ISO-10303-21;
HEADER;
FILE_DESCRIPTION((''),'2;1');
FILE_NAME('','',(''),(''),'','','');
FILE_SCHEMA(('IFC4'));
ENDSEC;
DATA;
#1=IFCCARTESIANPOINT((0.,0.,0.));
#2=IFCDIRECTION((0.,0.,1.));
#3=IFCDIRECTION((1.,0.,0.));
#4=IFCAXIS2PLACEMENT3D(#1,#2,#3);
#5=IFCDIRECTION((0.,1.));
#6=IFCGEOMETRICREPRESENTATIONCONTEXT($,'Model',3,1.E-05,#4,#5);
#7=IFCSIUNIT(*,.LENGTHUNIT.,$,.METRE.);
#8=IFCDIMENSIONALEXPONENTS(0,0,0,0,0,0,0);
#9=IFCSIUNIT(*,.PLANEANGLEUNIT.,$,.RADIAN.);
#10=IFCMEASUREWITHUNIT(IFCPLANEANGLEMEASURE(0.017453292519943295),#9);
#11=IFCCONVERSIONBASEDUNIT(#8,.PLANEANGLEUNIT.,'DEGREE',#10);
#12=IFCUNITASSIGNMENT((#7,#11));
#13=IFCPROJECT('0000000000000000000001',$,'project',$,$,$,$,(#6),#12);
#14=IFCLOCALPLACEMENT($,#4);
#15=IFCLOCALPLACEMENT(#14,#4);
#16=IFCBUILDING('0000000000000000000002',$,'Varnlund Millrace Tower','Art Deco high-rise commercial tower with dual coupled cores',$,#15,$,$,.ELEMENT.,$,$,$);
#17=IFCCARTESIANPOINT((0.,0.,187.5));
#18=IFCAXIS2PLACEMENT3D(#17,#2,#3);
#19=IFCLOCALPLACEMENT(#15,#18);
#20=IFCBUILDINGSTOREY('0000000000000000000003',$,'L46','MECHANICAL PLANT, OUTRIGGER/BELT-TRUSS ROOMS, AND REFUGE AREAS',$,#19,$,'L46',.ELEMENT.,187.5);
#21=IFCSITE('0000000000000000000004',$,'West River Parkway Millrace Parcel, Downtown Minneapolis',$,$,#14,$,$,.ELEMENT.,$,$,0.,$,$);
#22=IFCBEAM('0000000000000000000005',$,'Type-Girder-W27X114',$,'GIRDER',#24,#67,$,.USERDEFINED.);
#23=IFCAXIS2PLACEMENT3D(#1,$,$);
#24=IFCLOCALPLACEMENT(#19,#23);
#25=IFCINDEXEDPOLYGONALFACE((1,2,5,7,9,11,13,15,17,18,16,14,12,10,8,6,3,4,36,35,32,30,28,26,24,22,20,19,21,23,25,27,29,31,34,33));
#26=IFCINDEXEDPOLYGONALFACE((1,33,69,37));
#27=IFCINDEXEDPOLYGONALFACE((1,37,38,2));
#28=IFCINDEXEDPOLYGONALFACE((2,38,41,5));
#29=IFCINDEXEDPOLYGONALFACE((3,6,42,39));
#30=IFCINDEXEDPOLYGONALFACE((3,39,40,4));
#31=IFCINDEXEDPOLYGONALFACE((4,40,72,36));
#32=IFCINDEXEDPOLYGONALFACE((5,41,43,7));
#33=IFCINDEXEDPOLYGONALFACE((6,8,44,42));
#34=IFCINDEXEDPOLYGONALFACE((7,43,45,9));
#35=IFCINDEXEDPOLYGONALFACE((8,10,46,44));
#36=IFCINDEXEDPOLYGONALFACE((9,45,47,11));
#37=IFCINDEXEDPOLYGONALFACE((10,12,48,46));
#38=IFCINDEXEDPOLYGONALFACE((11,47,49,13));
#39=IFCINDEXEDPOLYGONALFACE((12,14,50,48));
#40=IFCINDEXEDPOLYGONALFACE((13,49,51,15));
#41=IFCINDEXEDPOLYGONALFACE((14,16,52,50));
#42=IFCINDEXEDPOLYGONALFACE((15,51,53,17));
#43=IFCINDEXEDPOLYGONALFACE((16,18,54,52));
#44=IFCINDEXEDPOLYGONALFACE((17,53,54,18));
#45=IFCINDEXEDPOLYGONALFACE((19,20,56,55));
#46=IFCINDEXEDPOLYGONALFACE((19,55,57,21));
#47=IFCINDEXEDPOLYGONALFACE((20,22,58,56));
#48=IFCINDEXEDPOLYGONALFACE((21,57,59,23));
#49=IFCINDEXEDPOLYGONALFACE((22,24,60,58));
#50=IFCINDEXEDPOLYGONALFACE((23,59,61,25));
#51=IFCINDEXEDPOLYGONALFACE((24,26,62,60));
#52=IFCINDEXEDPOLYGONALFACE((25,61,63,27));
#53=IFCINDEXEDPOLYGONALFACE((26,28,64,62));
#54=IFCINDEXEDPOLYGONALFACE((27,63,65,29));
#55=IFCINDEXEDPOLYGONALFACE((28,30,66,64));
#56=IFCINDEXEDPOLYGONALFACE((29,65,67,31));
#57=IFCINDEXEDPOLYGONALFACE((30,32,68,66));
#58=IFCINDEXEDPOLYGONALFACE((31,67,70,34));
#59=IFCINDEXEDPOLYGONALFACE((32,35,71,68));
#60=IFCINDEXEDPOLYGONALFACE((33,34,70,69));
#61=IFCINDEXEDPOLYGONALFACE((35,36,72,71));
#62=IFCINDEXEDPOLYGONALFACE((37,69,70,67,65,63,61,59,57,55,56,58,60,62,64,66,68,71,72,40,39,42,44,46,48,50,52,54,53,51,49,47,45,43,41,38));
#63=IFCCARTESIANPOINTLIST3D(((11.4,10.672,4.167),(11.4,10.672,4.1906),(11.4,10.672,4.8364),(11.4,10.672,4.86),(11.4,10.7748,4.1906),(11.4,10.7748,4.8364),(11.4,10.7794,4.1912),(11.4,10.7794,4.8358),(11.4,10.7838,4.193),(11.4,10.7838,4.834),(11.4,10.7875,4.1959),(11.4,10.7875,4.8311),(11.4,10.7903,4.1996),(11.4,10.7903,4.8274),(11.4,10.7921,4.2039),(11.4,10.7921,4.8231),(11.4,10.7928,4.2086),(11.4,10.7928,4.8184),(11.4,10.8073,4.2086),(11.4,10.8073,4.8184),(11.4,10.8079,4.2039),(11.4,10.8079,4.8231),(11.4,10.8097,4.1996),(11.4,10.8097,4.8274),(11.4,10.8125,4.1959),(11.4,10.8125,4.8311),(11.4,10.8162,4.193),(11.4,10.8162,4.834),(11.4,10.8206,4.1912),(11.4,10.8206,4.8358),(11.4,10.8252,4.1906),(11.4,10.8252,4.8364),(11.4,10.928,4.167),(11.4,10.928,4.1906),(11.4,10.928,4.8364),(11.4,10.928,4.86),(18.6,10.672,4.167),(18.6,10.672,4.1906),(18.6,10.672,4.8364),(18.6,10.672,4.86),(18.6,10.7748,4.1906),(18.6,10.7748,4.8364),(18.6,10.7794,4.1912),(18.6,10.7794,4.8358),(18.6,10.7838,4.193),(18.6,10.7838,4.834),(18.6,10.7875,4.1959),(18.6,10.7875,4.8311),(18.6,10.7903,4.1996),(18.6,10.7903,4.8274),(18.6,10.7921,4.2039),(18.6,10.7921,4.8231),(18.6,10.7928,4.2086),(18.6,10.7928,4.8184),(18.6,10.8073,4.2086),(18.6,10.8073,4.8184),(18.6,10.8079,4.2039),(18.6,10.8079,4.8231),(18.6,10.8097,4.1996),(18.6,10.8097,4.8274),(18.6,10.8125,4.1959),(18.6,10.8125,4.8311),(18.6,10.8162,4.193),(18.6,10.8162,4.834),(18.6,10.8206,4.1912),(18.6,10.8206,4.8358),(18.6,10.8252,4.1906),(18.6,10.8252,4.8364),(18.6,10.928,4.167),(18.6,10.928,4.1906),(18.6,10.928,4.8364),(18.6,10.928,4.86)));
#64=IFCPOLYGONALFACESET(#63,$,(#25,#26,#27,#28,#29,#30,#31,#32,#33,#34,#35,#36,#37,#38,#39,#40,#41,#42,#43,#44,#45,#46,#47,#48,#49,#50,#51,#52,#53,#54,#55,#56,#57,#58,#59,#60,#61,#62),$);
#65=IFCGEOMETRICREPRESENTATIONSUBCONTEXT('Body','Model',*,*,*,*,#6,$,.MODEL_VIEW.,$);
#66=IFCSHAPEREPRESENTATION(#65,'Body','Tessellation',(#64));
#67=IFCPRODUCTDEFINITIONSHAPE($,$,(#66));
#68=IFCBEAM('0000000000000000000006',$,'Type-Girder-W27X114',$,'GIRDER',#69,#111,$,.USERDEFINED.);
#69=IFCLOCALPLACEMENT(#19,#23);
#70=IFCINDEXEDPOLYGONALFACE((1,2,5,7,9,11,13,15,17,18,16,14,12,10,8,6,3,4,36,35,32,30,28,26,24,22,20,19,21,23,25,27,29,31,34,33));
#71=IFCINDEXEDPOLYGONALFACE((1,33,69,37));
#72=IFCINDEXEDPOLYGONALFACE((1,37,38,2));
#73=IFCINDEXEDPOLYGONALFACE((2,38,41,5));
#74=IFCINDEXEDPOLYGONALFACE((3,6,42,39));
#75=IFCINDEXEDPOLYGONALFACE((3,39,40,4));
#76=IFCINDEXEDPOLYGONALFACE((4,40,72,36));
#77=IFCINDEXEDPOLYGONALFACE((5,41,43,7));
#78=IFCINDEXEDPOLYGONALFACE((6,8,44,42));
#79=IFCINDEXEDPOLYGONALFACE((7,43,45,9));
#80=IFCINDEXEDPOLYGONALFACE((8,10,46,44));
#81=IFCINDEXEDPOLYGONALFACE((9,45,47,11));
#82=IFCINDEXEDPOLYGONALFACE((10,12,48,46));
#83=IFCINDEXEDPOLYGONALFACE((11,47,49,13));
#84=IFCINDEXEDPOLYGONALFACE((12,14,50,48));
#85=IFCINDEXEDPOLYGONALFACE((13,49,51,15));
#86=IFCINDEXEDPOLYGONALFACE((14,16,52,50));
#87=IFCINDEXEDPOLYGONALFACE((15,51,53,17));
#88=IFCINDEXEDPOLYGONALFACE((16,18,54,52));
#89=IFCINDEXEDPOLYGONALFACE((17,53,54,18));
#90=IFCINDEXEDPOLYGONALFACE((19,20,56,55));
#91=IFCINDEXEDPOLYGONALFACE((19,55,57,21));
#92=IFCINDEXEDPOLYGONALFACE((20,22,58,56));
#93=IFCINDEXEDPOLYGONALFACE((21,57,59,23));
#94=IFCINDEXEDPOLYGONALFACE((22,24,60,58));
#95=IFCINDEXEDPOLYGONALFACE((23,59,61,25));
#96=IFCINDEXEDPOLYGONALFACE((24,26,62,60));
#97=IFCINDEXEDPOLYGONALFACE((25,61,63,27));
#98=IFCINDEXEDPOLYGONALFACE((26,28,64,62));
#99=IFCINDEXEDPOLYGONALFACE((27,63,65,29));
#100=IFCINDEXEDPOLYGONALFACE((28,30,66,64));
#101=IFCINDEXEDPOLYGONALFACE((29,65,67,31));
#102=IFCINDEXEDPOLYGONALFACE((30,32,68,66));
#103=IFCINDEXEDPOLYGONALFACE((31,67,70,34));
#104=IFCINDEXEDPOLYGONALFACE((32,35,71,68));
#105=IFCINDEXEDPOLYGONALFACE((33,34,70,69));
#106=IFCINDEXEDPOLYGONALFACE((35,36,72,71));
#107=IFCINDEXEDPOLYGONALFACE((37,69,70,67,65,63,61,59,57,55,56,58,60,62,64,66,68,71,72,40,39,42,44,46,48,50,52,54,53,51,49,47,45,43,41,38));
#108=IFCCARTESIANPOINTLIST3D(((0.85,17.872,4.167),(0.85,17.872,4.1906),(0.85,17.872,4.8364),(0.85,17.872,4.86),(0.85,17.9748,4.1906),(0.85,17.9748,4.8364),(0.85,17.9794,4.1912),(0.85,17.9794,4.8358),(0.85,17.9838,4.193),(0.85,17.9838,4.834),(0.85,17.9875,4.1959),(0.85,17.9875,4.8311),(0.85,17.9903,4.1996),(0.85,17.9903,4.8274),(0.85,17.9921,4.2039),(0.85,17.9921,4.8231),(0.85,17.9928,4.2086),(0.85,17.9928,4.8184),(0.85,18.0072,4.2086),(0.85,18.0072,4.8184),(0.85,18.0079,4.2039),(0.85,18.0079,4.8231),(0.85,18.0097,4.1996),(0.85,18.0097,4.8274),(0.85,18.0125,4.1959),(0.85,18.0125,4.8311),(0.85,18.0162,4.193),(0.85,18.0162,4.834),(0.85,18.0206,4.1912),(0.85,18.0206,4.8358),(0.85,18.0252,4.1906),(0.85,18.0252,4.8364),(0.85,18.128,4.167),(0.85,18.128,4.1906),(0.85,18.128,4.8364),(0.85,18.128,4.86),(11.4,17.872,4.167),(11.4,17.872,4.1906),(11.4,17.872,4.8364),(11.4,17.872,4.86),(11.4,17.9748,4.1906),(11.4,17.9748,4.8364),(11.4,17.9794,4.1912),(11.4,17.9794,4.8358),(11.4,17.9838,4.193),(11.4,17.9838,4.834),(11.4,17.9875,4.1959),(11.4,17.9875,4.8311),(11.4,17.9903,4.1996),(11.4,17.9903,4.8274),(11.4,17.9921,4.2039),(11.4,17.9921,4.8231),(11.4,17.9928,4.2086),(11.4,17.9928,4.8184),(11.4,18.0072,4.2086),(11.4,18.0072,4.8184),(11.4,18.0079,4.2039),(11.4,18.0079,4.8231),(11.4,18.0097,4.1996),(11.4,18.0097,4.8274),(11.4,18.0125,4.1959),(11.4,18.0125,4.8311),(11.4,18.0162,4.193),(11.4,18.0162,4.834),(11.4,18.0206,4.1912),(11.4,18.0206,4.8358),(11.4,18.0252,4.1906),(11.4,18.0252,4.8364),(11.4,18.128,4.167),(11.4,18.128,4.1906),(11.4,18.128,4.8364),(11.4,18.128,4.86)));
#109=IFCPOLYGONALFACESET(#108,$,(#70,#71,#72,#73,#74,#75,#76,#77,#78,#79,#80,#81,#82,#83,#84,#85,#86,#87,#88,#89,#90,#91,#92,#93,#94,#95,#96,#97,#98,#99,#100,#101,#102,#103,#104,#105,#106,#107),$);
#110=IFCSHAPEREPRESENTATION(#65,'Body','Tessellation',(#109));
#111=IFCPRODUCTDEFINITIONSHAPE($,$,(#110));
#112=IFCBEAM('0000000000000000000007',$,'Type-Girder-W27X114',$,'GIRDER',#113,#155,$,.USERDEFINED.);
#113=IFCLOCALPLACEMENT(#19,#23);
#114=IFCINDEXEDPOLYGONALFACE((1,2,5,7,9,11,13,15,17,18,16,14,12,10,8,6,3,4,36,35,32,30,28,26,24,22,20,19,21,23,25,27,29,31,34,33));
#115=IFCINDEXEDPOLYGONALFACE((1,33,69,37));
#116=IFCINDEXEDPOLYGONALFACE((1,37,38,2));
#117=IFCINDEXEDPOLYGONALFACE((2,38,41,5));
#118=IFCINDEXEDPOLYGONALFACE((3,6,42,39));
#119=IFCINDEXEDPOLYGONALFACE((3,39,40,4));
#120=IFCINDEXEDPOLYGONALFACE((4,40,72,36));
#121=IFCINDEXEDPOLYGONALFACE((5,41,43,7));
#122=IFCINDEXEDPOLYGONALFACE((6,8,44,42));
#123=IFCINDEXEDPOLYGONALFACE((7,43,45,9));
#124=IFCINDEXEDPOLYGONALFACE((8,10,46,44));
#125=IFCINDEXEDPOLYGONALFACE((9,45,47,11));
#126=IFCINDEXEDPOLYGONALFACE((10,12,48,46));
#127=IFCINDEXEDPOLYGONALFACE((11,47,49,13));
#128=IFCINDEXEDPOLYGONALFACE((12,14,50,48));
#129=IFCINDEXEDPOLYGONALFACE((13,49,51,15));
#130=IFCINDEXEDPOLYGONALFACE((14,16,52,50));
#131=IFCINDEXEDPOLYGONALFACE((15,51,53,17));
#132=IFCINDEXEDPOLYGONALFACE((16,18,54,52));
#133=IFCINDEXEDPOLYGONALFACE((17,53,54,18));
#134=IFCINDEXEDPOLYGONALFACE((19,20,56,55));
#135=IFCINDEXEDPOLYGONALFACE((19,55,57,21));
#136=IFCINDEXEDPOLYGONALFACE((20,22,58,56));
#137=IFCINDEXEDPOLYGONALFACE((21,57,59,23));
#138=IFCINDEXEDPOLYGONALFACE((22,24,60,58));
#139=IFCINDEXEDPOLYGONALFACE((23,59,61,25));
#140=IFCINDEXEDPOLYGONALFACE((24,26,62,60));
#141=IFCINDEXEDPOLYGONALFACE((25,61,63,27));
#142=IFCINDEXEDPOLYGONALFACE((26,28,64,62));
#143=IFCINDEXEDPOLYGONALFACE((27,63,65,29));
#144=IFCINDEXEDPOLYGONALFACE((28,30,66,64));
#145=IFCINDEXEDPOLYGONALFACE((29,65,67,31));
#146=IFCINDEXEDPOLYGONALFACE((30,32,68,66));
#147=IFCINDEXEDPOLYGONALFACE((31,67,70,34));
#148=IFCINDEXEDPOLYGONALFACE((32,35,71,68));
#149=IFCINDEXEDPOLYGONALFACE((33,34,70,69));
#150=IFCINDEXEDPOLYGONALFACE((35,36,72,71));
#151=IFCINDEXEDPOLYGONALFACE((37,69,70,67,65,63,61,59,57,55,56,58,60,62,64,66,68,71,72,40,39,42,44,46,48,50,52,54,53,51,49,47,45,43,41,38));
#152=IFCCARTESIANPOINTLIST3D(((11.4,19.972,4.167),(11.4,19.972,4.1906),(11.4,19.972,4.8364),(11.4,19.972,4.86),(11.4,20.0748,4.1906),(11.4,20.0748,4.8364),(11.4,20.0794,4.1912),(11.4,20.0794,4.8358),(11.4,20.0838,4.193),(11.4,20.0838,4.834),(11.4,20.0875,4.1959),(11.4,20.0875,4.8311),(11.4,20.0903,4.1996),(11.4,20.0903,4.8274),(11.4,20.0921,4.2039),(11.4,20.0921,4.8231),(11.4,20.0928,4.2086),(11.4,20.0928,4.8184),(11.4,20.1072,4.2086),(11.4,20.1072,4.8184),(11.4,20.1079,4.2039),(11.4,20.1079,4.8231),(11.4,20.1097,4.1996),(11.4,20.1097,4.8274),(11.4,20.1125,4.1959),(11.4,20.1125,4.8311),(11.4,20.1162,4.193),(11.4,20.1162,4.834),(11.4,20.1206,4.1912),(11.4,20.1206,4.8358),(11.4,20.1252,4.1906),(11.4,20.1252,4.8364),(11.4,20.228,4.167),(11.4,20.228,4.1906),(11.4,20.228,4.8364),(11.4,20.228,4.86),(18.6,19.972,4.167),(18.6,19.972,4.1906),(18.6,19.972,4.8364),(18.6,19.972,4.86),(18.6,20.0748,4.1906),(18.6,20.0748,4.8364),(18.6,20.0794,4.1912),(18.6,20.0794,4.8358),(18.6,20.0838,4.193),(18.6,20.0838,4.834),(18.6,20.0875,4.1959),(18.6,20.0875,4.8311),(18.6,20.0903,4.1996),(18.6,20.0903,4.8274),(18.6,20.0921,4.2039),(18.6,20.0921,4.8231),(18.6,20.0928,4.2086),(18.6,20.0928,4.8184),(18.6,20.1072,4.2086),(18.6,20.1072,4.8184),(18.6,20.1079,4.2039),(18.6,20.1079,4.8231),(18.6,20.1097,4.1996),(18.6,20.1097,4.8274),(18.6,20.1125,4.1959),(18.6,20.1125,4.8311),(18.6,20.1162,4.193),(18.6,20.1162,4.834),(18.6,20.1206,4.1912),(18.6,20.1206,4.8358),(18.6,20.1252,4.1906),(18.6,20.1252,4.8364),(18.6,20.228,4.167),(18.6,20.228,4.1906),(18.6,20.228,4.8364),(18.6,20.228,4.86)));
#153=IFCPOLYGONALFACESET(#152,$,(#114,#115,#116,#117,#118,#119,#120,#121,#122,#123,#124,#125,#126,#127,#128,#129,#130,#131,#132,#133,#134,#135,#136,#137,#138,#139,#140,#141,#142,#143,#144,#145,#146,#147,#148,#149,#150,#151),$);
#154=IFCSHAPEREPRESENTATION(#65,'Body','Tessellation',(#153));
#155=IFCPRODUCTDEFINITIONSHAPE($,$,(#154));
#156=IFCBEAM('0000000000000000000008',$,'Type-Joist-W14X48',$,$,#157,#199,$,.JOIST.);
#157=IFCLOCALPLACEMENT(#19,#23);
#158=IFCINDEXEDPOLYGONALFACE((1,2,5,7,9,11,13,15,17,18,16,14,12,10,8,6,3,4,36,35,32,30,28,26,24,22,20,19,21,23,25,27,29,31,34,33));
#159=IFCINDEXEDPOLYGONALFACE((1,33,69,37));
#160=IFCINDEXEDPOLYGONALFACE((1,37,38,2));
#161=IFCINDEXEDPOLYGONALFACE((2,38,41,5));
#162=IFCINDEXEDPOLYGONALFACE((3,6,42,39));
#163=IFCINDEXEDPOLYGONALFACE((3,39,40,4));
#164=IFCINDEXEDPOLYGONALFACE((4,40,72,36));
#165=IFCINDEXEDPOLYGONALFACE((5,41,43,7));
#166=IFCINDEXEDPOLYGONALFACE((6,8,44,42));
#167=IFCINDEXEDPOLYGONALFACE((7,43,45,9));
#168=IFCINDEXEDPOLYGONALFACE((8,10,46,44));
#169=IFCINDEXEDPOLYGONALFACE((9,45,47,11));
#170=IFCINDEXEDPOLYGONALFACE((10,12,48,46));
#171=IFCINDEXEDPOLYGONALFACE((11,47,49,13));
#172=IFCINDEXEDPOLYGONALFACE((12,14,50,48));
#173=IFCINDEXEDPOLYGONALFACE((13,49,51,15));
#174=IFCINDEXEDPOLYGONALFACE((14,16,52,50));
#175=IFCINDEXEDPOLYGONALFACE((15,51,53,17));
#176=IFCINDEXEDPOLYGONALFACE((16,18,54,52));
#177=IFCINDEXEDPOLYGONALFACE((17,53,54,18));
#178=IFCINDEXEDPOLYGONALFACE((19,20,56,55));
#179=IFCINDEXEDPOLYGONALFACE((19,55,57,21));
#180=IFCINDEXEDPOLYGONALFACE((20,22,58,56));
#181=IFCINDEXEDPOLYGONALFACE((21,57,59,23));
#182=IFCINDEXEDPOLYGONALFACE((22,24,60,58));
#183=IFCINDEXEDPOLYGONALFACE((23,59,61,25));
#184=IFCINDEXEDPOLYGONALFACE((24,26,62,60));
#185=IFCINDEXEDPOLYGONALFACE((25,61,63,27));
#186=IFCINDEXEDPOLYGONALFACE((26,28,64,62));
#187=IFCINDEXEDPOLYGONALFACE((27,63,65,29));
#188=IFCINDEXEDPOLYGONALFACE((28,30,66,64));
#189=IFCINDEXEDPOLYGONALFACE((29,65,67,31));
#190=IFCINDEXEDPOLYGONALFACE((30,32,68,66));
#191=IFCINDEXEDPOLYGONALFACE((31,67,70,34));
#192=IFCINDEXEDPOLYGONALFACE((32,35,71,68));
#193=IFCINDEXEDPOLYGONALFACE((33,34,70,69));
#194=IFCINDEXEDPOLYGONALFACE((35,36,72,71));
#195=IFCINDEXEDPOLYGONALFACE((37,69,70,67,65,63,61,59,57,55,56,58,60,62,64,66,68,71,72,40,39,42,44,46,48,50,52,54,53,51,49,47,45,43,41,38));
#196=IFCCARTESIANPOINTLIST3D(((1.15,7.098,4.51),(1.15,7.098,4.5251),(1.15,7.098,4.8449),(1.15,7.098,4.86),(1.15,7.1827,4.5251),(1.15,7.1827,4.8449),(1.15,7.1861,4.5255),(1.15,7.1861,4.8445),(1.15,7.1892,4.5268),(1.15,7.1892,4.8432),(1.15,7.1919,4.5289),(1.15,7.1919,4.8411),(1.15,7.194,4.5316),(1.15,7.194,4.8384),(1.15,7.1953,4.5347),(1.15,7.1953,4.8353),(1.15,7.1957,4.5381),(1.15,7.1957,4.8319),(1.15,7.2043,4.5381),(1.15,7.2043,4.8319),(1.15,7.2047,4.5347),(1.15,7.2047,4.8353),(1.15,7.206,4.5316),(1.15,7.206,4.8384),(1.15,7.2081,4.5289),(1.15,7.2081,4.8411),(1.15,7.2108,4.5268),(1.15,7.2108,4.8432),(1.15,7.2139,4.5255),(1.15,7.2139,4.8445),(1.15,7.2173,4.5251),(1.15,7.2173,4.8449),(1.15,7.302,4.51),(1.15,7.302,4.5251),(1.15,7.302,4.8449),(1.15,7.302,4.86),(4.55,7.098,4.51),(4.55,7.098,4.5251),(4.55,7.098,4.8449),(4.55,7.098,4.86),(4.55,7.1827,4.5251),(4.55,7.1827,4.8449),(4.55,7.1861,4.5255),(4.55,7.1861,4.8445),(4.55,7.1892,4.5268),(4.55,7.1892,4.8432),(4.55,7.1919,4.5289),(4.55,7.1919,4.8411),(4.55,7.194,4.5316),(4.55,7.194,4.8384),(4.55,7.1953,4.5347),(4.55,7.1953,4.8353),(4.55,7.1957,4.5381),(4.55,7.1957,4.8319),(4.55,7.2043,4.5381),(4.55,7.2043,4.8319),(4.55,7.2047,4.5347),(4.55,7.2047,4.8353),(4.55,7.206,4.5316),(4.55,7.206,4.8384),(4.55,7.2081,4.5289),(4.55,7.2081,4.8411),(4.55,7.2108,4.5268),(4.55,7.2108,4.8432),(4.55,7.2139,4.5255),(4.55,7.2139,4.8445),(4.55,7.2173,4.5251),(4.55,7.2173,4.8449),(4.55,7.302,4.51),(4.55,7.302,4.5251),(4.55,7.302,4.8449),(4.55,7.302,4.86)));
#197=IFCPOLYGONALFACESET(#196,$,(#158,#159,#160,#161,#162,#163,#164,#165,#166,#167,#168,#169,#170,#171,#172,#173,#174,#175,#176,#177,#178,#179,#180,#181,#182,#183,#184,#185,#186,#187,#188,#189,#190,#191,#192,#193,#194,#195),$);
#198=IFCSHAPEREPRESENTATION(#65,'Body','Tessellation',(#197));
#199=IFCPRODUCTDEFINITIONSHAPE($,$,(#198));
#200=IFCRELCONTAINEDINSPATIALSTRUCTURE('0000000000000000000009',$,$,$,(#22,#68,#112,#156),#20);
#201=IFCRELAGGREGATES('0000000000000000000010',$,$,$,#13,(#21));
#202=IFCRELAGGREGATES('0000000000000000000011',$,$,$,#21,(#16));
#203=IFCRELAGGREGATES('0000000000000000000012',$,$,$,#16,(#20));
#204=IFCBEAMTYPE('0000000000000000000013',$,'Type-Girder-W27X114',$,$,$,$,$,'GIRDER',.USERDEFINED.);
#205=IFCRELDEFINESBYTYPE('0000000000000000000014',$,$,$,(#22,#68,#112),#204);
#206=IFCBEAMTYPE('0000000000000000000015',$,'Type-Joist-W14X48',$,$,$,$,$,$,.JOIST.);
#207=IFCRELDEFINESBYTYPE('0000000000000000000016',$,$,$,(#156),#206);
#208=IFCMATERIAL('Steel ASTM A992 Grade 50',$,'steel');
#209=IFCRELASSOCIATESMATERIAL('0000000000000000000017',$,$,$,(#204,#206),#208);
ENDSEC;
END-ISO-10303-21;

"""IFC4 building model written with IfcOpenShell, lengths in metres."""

from ifc_helpers import new_model, entity, si_unit, converted_unit, direction, frame, origin_with_axes, origin_2d_with_axis, place, context, subcontext, project, spatial, i_section, extrude, material, material_profile, profile_set, type_object, element, save


model = new_model("IFC4")

# Units and contexts
model_context = context("Model", 3, precision=1e-05, world=origin_with_axes(), true_north=direction((0.0, 1.0)))
body_context = subcontext(model_context, "Body", "Model", "MODEL_VIEW")
ifc_project = project(units=[si_unit("LENGTHUNIT", "METRE"), converted_unit("PLANEANGLEUNIT", "DEGREE", entity("IfcPlaneAngleMeasure", 0.017453292519943295), si_unit("PLANEANGLEUNIT", "RADIAN"), dimensions=[0, 0, 0, 0, 0, 0, 0])], contexts=[model_context])

# Site, building, storey
site_placement = place(None, origin_with_axes())
site = spatial("IfcSite", under=ifc_project, at=site_placement, Name="West River Parkway Millrace Parcel, Downtown Minneapolis", CompositionType="ELEMENT", RefElevation=0.0)
building_placement = place(site_placement, origin_with_axes())
building = spatial("IfcBuilding", under=site, at=building_placement, Name="Varnlund Millrace Tower", Description="Art Deco high-rise commercial tower with dual coupled cores", CompositionType="ELEMENT")
storey_placement = place(building_placement, frame((0.0, 0.0, 187.5), z_axis=(0.0, 0.0, 1.0), x_axis=(1.0, 0.0, 0.0)))
storey = spatial("IfcBuildingStorey", under=building, at=storey_placement, Name="L46", Description="MECHANICAL PLANT, OUTRIGGER/BELT-TRUSS ROOMS, AND REFUGE AREAS", LongName="L46", CompositionType="ELEMENT", Elevation=187.5)

# Beams
ifc_material_1 = material(Name="Steel ASTM A992 Grade 50", Category="steel")
ifc_material_profile_1 = material_profile(ifc_material_1, i_section(OverallWidth=0.256, OverallDepth=0.693, WebThickness=0.0145, FlangeThickness=0.0236, FilletRadius=0.018, at=origin_2d_with_axis()), Name="Steel ASTM A992 Grade 50")
ifc_profile_set_1 = profile_set([ifc_material_profile_1], Name="Steel ASTM A992 Grade 50")
beam_type_1 = type_object("IfcBeamType", Name="Type-Girder-W27X114", ElementType="GIRDER", PredefinedType="USERDEFINED", material=ifc_profile_set_1)
beam_1_placement = place(storey_placement, frame((11.4, 10.8, 4.5135), z_axis=(1.0, 0.0, 0.0), x_axis=(0.0, 1.0, 0.0)))
element("IfcBeam", 1, at=beam_1_placement, inside=storey, type_object=beam_type_1, Name="Type-Girder-W27X114", ObjectType="GIRDER", PredefinedType="USERDEFINED", context=body_context, shape_type="SweptSolid", body=[
    extrude(i_section(OverallWidth=0.256, OverallDepth=0.693, WebThickness=0.0145, FlangeThickness=0.0236, FilletRadius=0.018, at=origin_2d_with_axis()), origin_with_axes(), (0.0, 0.0, 1.0), 7.2),
])
beam_2_placement = place(storey_placement, frame((0.85, 18.0, 4.5135), z_axis=(1.0, 0.0, 0.0), x_axis=(0.0, 1.0, 0.0)))
element("IfcBeam", 2, at=beam_2_placement, inside=storey, type_object=beam_type_1, Name="Type-Girder-W27X114", ObjectType="GIRDER", PredefinedType="USERDEFINED", context=body_context, shape_type="SweptSolid", body=[
    extrude(i_section(OverallWidth=0.256, OverallDepth=0.693, WebThickness=0.0145, FlangeThickness=0.0236, FilletRadius=0.018, at=origin_2d_with_axis()), origin_with_axes(), (0.0, 0.0, 1.0), 10.55),
])
beam_3_placement = place(storey_placement, frame((11.4, 20.1, 4.5135), z_axis=(1.0, 0.0, 0.0), x_axis=(0.0, 1.0, 0.0)))
element("IfcBeam", 3, at=beam_3_placement, inside=storey, type_object=beam_type_1, Name="Type-Girder-W27X114", ObjectType="GIRDER", PredefinedType="USERDEFINED", context=body_context, shape_type="SweptSolid", body=[
    extrude(i_section(OverallWidth=0.256, OverallDepth=0.693, WebThickness=0.0145, FlangeThickness=0.0236, FilletRadius=0.018, at=origin_2d_with_axis()), origin_with_axes(), (0.0, 0.0, 1.0), 7.2),
])
ifc_material_profile_2 = material_profile(ifc_material_1, i_section(OverallWidth=0.204, OverallDepth=0.35, WebThickness=0.0086, FlangeThickness=0.0151, FilletRadius=0.013, at=origin_2d_with_axis()), Name="Steel ASTM A992 Grade 50")
ifc_profile_set_2 = profile_set([ifc_material_profile_2], Name="Steel ASTM A992 Grade 50")
beam_type_2 = type_object("IfcBeamType", Name="Type-Joist-W14X48", PredefinedType="JOIST", material=ifc_profile_set_2)
for number, where, z_axis, x_axis, name in (
    (4, (1.15, 7.2, 4.685), (1.0, 0.0, 0.0), (0.0, 1.0, 0.0), "Type-Joist-W14X48"),
):
    element("IfcBeam", number, at=place(storey_placement, frame(where, z_axis=z_axis, x_axis=x_axis)), inside=storey, type_object=beam_type_2, Name=name, PredefinedType="JOIST", context=body_context, shape_type="SweptSolid", body=[
        extrude(i_section(OverallWidth=0.204, OverallDepth=0.35, WebThickness=0.0086, FlangeThickness=0.0151, FilletRadius=0.013, at=origin_2d_with_axis()), origin_with_axes(), (0.0, 0.0, 1.0), 3.4),
    ])

save(model, "model.ifc")
